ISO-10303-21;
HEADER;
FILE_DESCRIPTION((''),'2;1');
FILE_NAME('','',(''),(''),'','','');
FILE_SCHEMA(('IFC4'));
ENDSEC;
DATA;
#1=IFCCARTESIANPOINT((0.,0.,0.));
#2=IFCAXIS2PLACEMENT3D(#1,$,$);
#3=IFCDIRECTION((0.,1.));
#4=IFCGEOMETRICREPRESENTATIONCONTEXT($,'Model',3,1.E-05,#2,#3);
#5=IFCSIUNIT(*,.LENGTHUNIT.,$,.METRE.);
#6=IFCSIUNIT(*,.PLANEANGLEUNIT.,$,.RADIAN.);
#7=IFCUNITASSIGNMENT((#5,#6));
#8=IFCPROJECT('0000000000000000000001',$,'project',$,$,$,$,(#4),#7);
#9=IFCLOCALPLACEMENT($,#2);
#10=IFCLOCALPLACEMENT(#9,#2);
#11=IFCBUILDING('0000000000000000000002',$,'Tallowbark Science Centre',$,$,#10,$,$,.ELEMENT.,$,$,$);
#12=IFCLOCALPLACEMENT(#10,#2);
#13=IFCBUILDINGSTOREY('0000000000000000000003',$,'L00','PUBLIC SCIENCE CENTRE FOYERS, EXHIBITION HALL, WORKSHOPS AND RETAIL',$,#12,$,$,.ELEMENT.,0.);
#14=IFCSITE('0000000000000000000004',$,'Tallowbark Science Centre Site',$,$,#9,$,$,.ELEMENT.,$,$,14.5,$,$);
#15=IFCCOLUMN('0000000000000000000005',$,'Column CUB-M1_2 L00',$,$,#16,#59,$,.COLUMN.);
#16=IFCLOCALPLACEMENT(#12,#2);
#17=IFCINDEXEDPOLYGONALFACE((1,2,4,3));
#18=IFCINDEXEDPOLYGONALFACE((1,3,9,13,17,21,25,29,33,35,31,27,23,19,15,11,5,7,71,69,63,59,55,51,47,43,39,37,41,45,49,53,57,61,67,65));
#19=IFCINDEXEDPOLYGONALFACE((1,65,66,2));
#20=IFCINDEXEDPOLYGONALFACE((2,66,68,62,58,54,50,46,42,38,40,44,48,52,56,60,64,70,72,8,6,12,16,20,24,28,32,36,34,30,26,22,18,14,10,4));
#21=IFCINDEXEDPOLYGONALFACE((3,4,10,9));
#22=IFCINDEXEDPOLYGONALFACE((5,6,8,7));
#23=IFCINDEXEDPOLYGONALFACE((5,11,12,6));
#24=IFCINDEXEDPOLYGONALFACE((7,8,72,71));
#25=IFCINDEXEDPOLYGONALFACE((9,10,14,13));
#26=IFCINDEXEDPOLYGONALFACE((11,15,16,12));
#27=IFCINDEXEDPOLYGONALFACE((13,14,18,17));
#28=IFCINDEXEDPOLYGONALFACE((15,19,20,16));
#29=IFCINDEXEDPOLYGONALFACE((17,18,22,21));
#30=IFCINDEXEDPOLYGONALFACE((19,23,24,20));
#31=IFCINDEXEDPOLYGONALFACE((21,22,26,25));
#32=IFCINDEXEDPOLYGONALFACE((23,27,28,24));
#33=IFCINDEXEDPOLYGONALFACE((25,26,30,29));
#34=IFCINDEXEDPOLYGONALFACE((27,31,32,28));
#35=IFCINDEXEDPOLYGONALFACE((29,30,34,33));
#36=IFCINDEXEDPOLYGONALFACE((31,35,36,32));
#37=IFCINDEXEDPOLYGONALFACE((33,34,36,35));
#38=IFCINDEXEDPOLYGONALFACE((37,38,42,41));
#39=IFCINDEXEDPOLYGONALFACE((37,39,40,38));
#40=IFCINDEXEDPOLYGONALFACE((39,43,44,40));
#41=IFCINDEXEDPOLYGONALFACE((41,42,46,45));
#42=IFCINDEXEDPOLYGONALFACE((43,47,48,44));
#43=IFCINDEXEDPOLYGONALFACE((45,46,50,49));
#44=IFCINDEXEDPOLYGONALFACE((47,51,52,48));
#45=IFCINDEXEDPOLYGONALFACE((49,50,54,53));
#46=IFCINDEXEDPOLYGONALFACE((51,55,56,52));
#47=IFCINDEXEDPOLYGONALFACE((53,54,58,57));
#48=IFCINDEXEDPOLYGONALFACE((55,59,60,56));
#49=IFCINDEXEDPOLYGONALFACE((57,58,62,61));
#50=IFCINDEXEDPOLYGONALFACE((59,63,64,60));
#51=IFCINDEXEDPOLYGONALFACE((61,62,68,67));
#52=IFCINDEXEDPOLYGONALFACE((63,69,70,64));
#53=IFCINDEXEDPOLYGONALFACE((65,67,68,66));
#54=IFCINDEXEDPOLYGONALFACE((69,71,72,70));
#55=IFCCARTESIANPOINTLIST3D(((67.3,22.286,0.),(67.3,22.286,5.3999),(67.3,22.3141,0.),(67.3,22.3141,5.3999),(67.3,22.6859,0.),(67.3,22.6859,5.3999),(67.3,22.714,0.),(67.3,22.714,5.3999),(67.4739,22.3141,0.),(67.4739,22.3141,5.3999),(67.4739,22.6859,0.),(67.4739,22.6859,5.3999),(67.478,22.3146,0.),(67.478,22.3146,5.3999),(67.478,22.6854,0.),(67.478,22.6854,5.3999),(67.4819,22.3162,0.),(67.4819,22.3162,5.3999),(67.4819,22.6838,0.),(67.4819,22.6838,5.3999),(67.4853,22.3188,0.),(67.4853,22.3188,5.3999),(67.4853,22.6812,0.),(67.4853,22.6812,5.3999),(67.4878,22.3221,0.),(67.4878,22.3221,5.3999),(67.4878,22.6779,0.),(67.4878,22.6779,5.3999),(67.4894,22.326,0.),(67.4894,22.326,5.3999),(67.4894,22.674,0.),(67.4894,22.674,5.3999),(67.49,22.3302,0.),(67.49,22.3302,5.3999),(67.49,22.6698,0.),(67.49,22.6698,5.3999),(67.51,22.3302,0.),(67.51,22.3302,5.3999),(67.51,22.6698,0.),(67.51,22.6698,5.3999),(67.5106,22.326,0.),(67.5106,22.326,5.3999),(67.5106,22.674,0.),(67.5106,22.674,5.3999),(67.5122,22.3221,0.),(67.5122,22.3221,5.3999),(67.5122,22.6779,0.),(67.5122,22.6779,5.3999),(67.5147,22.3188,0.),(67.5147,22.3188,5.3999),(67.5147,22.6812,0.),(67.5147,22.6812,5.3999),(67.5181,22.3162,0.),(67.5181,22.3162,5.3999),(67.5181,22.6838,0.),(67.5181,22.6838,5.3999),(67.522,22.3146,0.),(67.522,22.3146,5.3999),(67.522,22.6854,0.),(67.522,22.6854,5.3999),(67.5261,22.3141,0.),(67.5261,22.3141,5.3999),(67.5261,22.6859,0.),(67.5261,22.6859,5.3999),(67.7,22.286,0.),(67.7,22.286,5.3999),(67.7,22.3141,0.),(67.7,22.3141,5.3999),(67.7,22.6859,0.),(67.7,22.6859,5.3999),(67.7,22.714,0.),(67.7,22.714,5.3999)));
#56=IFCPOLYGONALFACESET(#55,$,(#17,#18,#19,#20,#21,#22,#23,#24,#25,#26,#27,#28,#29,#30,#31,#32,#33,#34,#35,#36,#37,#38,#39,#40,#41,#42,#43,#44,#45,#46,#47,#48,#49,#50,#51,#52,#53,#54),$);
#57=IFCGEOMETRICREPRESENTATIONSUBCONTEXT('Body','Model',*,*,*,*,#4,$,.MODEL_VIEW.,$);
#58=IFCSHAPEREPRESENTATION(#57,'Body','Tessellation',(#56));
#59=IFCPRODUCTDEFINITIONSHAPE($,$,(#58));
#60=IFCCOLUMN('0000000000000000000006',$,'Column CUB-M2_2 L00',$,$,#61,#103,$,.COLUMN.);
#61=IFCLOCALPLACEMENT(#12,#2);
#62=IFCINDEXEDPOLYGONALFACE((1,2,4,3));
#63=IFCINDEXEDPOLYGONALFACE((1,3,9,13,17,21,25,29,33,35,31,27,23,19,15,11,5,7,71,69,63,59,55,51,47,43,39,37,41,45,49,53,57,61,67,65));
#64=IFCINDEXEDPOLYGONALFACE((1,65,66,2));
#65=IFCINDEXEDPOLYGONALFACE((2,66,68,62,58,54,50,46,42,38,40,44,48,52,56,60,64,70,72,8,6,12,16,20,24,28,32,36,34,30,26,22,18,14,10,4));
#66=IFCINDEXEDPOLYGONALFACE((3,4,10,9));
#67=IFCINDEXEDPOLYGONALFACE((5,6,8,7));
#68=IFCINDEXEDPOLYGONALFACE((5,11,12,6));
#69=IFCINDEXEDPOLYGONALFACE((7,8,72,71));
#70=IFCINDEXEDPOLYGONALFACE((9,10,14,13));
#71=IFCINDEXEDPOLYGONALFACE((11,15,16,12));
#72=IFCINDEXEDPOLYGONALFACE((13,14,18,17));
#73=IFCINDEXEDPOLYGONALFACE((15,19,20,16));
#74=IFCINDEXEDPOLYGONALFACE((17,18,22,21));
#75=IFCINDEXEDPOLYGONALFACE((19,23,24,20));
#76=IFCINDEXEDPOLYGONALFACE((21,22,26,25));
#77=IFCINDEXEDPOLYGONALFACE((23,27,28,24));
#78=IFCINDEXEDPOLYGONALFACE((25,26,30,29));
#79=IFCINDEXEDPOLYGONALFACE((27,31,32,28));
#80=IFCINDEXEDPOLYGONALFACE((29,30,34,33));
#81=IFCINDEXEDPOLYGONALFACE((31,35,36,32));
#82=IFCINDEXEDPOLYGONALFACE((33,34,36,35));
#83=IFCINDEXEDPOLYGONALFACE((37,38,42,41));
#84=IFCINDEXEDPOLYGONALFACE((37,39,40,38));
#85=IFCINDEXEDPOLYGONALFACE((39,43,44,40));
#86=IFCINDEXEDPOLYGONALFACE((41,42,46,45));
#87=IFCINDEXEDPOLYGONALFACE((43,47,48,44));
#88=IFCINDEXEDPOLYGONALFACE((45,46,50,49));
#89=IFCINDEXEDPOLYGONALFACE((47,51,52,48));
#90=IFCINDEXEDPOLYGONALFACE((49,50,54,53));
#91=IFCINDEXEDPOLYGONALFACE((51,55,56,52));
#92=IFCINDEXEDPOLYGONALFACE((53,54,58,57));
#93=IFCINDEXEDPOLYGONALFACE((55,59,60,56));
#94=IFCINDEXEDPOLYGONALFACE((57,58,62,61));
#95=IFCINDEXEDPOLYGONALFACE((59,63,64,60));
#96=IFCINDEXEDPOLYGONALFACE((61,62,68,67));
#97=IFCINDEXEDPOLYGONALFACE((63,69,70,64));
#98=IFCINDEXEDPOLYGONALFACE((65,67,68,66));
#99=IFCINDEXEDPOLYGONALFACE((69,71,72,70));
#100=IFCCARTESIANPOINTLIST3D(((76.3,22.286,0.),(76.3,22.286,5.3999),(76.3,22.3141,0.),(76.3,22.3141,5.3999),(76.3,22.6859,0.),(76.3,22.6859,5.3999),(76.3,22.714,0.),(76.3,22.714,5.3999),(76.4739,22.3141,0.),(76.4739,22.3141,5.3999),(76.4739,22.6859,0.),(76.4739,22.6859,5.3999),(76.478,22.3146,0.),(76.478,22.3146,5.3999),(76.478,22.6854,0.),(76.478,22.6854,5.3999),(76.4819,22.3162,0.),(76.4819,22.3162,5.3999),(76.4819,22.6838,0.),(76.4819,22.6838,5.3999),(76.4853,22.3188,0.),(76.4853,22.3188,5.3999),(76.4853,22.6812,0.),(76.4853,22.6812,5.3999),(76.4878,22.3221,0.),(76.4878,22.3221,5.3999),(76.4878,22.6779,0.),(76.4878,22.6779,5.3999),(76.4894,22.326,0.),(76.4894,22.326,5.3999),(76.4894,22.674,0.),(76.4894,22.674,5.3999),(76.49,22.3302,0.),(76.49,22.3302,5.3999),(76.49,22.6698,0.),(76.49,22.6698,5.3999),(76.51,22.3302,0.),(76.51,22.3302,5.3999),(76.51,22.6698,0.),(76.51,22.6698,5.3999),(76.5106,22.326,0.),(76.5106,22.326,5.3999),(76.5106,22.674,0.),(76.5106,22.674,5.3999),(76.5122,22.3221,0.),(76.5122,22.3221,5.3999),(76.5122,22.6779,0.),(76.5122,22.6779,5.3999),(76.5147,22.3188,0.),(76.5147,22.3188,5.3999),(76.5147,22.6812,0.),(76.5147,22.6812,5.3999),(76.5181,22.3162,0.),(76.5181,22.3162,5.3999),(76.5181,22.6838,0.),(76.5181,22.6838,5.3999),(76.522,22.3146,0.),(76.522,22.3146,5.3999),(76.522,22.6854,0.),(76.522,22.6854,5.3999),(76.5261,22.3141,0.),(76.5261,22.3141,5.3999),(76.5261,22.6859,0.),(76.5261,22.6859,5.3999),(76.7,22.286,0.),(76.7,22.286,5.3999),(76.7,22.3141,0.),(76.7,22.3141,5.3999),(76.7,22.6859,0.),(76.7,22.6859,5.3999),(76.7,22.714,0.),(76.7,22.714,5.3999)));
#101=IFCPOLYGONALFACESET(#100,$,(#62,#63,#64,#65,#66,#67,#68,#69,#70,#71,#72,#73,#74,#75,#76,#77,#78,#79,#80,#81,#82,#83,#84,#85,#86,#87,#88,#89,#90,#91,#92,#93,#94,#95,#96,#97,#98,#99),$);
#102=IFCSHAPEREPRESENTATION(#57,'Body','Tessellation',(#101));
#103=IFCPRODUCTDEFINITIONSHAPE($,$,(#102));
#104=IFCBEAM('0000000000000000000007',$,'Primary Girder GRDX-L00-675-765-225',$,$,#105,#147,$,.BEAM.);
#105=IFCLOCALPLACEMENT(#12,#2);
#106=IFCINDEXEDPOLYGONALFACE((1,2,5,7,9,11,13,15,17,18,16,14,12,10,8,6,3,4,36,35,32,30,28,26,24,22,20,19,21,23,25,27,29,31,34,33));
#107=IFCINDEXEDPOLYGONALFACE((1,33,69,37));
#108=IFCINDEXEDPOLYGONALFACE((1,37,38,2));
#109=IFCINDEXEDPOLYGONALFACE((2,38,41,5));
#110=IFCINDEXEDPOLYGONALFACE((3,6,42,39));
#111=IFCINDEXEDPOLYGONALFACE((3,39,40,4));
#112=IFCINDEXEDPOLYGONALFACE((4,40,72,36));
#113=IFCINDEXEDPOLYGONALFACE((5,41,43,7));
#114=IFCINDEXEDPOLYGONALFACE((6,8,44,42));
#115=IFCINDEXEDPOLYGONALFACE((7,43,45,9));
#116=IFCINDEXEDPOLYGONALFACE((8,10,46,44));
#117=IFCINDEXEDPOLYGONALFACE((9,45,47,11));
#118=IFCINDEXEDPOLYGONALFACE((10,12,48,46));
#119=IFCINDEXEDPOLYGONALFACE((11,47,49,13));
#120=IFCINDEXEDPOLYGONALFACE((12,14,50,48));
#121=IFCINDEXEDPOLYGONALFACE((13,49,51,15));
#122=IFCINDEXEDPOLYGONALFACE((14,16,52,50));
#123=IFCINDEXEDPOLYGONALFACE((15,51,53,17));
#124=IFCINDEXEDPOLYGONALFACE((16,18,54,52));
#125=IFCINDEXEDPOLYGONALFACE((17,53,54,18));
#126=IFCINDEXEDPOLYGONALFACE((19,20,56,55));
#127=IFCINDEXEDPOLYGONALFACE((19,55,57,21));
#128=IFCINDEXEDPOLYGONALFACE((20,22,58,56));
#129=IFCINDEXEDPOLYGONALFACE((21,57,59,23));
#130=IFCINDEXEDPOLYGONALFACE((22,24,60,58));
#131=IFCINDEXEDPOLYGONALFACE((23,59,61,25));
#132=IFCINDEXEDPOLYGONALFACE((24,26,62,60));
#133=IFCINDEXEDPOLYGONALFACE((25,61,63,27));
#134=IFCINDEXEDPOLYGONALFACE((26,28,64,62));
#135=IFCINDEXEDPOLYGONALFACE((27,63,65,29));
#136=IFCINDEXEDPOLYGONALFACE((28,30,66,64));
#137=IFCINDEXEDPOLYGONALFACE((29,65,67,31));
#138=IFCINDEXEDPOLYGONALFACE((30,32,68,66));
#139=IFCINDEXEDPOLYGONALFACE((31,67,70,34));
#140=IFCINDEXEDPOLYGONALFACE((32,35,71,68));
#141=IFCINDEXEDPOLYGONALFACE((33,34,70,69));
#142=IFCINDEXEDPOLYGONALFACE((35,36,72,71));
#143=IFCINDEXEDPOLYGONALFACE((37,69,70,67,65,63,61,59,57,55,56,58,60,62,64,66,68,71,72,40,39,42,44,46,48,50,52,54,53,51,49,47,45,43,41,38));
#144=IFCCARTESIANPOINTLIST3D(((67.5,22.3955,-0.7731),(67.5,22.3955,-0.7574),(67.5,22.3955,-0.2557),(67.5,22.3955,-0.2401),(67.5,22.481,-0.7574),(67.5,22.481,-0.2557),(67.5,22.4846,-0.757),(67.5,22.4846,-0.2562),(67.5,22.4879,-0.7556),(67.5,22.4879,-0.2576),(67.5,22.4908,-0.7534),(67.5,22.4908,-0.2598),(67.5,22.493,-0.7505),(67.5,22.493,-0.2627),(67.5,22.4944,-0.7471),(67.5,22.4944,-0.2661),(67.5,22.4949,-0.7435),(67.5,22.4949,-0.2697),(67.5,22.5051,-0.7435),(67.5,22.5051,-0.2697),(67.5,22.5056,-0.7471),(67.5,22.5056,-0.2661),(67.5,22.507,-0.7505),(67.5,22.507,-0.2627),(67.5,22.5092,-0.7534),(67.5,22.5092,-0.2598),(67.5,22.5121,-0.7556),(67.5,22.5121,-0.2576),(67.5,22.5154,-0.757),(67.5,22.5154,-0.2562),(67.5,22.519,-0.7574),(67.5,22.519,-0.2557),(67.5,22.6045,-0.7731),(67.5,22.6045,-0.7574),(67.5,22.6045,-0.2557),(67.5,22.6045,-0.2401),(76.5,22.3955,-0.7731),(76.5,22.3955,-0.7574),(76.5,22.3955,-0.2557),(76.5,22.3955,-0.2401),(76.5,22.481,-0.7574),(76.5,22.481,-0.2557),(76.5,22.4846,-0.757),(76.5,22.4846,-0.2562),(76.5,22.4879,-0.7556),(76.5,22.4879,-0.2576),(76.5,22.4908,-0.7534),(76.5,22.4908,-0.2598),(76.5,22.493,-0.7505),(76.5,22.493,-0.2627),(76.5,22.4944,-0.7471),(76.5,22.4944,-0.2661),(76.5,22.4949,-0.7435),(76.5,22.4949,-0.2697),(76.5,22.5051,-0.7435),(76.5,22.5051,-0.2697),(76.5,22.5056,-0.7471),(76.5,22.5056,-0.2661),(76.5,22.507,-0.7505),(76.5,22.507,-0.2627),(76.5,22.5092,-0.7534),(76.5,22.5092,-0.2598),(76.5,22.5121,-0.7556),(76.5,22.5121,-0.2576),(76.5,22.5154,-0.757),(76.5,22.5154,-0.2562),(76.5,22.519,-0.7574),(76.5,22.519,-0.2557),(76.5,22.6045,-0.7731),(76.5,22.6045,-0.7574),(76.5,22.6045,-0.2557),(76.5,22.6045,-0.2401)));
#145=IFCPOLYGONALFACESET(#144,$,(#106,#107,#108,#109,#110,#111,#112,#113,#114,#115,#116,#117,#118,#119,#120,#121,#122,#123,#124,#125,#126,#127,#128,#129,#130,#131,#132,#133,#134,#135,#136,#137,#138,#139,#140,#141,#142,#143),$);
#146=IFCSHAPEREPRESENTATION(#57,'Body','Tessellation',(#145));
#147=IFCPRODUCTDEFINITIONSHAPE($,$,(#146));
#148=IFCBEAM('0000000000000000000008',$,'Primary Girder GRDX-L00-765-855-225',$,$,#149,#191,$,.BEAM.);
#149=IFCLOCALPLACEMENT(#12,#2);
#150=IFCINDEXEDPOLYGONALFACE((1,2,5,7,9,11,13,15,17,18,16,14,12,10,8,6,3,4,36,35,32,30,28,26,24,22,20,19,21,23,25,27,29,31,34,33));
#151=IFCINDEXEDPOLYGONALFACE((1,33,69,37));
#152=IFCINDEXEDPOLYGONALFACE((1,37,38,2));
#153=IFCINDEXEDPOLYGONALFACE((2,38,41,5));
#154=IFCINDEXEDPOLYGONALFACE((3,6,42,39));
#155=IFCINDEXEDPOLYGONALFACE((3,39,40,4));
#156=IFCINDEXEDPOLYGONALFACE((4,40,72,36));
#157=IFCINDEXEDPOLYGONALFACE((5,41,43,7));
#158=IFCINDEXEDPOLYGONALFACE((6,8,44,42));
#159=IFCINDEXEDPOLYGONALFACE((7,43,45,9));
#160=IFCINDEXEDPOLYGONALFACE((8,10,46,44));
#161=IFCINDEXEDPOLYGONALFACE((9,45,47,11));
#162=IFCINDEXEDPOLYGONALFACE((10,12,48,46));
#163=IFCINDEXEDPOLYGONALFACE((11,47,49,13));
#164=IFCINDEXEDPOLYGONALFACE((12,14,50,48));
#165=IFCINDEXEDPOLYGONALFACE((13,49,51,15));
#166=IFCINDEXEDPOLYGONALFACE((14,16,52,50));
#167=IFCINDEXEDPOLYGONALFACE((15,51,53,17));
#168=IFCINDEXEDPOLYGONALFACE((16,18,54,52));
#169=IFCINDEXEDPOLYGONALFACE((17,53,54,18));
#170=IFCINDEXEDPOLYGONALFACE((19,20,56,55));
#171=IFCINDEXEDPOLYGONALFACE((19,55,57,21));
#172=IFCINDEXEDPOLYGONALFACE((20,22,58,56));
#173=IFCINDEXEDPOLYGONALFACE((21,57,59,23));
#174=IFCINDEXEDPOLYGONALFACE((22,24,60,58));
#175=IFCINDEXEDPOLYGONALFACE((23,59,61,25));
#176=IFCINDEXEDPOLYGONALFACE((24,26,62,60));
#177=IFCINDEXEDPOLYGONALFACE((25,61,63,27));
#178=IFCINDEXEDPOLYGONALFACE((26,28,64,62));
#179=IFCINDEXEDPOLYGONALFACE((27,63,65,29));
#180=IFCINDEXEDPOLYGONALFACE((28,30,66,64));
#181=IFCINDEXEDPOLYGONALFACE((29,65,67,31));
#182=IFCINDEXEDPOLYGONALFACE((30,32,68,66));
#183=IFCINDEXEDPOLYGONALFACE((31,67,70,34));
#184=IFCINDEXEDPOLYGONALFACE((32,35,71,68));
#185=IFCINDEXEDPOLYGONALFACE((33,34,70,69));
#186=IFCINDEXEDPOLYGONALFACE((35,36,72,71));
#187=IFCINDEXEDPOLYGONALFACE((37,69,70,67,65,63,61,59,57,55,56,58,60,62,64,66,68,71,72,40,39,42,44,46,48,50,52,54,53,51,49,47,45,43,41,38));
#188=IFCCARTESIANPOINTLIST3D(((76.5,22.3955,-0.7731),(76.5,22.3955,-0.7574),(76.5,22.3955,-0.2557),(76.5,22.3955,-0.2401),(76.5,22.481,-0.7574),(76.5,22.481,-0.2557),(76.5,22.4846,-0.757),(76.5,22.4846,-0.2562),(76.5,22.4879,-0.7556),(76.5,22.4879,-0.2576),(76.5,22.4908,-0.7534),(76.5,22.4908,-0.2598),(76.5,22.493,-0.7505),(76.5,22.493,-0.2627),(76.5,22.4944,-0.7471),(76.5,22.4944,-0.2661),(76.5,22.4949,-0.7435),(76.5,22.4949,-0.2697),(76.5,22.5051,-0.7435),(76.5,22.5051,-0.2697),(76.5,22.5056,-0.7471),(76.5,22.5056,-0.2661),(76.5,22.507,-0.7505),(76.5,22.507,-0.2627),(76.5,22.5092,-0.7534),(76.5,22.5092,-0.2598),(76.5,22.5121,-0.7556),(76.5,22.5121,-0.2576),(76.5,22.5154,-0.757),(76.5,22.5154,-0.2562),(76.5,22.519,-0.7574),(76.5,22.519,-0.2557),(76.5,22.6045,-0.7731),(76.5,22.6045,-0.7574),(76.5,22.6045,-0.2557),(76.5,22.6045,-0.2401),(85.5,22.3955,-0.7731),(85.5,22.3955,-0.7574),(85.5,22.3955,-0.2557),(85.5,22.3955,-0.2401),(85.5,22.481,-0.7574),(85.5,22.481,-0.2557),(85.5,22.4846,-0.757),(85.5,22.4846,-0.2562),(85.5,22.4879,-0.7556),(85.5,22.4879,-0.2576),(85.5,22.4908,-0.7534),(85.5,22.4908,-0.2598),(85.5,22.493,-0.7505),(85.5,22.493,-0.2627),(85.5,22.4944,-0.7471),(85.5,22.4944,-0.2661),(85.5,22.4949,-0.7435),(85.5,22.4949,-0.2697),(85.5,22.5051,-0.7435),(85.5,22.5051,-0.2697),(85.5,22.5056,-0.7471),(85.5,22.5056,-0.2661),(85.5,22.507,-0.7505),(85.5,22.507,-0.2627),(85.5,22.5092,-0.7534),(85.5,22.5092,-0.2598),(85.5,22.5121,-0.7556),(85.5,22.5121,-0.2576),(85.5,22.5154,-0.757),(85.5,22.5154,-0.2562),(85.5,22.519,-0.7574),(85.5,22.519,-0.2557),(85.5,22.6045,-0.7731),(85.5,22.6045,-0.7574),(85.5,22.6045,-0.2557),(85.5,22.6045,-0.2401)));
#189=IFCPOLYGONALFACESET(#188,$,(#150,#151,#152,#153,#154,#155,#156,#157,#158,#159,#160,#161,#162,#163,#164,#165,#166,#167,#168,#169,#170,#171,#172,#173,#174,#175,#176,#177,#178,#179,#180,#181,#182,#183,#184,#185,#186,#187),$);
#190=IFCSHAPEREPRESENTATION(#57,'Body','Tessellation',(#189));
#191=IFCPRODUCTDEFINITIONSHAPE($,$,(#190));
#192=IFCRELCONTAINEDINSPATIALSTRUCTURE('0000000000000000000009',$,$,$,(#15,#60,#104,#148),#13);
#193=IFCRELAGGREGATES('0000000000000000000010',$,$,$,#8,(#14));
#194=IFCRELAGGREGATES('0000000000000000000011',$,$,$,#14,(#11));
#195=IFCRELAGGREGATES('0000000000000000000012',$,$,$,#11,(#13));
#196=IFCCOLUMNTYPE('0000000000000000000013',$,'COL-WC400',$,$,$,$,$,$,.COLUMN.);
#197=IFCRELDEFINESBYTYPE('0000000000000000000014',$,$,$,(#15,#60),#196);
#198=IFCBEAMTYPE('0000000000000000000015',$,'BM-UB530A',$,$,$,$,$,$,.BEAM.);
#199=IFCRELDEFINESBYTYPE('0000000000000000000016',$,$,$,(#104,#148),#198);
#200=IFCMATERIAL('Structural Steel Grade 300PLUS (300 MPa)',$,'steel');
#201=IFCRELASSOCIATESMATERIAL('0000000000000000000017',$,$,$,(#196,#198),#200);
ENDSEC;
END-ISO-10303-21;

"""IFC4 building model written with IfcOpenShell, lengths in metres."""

from ifc_helpers import new_model, si_unit, direction, frame, origin, origin_2d, place, context, subcontext, project, spatial, i_section, extrude, material, material_profile, profile_set, type_object, element, save


model = new_model("IFC4")

# Units and contexts
model_context = context("Model", 3, precision=1e-05, world=origin(), true_north=direction((0.0, 1.0)))
body_context = subcontext(model_context, "Body", "Model", "MODEL_VIEW")
ifc_project = project(units=[si_unit("LENGTHUNIT", "METRE"), si_unit("PLANEANGLEUNIT", "RADIAN")], contexts=[model_context])

# Site, building, storey
site_placement = place(None, origin())
site = spatial("IfcSite", under=ifc_project, at=site_placement, Name="Tallowbark Science Centre Site", CompositionType="ELEMENT", RefElevation=14.5)
building_placement = place(site_placement, origin())
building = spatial("IfcBuilding", under=site, at=building_placement, Name="Tallowbark Science Centre", CompositionType="ELEMENT")
storey_placement = place(building_placement, origin())
storey = spatial("IfcBuildingStorey", under=building, at=storey_placement, Name="L00", Description="PUBLIC SCIENCE CENTRE FOYERS, EXHIBITION HALL, WORKSHOPS AND RETAIL", CompositionType="ELEMENT", Elevation=0.0)

# Columns
ifc_material_1 = material(Name="Structural Steel Grade 300PLUS (300 MPa)", Category="steel")
ifc_material_profile_1 = material_profile(ifc_material_1, i_section(OverallWidth=0.3999, OverallDepth=0.428, WebThickness=0.02, FlangeThickness=0.0281, FilletRadius=0.0161, at=origin_2d()), Name="400WC270")
ifc_profile_set_1 = profile_set([ifc_material_profile_1], Name="Structural Steel Grade 300PLUS (300 MPa)")
column_type = type_object("IfcColumnType", Name="COL-WC400", PredefinedType="COLUMN", material=ifc_profile_set_1)
for number, where, z_axis, x_axis, name in (
    (1, (67.5, 22.5, 0.0), (0.0, 0.0, 1.0), (1.0, 0.0, 0.0), "Column CUB-M1_2 L00"),
    (2, (76.5, 22.5, 0.0), (0.0, 0.0, 1.0), (1.0, 0.0, 0.0), "Column CUB-M2_2 L00"),
):
    element("IfcColumn", number, at=place(storey_placement, frame(where, z_axis=z_axis, x_axis=x_axis)), inside=storey, type_object=column_type, Name=name, PredefinedType="COLUMN", context=body_context, shape_type="SweptSolid", body=[
        extrude(i_section(OverallWidth=0.3999, OverallDepth=0.428, WebThickness=0.02, FlangeThickness=0.0281, FilletRadius=0.0161, at=origin_2d()), origin(), (0.0, 0.0, 1.0), 5.3999),
    ])

# Beams
ifc_material_profile_2 = material_profile(ifc_material_1, i_section(OverallWidth=0.209, OverallDepth=0.533, WebThickness=0.0103, FlangeThickness=0.0156, FilletRadius=0.0139, at=origin_2d()), Name="530UB92.4")
ifc_profile_set_2 = profile_set([ifc_material_profile_2], Name="Structural Steel Grade 300PLUS (300 MPa)")
beam_type_1 = type_object("IfcBeamType", Name="BM-UB530A", PredefinedType="BEAM", material=ifc_profile_set_2)
for number, where, z_axis, x_axis, name in (
    (3, (67.5, 22.5, -0.5066), (1.0, 0.0, 0.0), (0.0, 1.0, 0.0), "Primary Girder GRDX-L00-675-765-225"),
    (4, (76.5, 22.5, -0.5066), (1.0, 0.0, 0.0), (0.0, 1.0, 0.0), "Primary Girder GRDX-L00-765-855-225"),
):
    element("IfcBeam", number, at=place(storey_placement, frame(where, z_axis=z_axis, x_axis=x_axis)), inside=storey, type_object=beam_type_1, Name=name, PredefinedType="BEAM", context=body_context, shape_type="SweptSolid", body=[
        extrude(i_section(OverallWidth=0.209, OverallDepth=0.533, WebThickness=0.0103, FlangeThickness=0.0156, FilletRadius=0.0139, at=origin_2d()), origin(), (0.0, 0.0, 1.0), 9.0),
    ])

save(model, "model.ifc")
